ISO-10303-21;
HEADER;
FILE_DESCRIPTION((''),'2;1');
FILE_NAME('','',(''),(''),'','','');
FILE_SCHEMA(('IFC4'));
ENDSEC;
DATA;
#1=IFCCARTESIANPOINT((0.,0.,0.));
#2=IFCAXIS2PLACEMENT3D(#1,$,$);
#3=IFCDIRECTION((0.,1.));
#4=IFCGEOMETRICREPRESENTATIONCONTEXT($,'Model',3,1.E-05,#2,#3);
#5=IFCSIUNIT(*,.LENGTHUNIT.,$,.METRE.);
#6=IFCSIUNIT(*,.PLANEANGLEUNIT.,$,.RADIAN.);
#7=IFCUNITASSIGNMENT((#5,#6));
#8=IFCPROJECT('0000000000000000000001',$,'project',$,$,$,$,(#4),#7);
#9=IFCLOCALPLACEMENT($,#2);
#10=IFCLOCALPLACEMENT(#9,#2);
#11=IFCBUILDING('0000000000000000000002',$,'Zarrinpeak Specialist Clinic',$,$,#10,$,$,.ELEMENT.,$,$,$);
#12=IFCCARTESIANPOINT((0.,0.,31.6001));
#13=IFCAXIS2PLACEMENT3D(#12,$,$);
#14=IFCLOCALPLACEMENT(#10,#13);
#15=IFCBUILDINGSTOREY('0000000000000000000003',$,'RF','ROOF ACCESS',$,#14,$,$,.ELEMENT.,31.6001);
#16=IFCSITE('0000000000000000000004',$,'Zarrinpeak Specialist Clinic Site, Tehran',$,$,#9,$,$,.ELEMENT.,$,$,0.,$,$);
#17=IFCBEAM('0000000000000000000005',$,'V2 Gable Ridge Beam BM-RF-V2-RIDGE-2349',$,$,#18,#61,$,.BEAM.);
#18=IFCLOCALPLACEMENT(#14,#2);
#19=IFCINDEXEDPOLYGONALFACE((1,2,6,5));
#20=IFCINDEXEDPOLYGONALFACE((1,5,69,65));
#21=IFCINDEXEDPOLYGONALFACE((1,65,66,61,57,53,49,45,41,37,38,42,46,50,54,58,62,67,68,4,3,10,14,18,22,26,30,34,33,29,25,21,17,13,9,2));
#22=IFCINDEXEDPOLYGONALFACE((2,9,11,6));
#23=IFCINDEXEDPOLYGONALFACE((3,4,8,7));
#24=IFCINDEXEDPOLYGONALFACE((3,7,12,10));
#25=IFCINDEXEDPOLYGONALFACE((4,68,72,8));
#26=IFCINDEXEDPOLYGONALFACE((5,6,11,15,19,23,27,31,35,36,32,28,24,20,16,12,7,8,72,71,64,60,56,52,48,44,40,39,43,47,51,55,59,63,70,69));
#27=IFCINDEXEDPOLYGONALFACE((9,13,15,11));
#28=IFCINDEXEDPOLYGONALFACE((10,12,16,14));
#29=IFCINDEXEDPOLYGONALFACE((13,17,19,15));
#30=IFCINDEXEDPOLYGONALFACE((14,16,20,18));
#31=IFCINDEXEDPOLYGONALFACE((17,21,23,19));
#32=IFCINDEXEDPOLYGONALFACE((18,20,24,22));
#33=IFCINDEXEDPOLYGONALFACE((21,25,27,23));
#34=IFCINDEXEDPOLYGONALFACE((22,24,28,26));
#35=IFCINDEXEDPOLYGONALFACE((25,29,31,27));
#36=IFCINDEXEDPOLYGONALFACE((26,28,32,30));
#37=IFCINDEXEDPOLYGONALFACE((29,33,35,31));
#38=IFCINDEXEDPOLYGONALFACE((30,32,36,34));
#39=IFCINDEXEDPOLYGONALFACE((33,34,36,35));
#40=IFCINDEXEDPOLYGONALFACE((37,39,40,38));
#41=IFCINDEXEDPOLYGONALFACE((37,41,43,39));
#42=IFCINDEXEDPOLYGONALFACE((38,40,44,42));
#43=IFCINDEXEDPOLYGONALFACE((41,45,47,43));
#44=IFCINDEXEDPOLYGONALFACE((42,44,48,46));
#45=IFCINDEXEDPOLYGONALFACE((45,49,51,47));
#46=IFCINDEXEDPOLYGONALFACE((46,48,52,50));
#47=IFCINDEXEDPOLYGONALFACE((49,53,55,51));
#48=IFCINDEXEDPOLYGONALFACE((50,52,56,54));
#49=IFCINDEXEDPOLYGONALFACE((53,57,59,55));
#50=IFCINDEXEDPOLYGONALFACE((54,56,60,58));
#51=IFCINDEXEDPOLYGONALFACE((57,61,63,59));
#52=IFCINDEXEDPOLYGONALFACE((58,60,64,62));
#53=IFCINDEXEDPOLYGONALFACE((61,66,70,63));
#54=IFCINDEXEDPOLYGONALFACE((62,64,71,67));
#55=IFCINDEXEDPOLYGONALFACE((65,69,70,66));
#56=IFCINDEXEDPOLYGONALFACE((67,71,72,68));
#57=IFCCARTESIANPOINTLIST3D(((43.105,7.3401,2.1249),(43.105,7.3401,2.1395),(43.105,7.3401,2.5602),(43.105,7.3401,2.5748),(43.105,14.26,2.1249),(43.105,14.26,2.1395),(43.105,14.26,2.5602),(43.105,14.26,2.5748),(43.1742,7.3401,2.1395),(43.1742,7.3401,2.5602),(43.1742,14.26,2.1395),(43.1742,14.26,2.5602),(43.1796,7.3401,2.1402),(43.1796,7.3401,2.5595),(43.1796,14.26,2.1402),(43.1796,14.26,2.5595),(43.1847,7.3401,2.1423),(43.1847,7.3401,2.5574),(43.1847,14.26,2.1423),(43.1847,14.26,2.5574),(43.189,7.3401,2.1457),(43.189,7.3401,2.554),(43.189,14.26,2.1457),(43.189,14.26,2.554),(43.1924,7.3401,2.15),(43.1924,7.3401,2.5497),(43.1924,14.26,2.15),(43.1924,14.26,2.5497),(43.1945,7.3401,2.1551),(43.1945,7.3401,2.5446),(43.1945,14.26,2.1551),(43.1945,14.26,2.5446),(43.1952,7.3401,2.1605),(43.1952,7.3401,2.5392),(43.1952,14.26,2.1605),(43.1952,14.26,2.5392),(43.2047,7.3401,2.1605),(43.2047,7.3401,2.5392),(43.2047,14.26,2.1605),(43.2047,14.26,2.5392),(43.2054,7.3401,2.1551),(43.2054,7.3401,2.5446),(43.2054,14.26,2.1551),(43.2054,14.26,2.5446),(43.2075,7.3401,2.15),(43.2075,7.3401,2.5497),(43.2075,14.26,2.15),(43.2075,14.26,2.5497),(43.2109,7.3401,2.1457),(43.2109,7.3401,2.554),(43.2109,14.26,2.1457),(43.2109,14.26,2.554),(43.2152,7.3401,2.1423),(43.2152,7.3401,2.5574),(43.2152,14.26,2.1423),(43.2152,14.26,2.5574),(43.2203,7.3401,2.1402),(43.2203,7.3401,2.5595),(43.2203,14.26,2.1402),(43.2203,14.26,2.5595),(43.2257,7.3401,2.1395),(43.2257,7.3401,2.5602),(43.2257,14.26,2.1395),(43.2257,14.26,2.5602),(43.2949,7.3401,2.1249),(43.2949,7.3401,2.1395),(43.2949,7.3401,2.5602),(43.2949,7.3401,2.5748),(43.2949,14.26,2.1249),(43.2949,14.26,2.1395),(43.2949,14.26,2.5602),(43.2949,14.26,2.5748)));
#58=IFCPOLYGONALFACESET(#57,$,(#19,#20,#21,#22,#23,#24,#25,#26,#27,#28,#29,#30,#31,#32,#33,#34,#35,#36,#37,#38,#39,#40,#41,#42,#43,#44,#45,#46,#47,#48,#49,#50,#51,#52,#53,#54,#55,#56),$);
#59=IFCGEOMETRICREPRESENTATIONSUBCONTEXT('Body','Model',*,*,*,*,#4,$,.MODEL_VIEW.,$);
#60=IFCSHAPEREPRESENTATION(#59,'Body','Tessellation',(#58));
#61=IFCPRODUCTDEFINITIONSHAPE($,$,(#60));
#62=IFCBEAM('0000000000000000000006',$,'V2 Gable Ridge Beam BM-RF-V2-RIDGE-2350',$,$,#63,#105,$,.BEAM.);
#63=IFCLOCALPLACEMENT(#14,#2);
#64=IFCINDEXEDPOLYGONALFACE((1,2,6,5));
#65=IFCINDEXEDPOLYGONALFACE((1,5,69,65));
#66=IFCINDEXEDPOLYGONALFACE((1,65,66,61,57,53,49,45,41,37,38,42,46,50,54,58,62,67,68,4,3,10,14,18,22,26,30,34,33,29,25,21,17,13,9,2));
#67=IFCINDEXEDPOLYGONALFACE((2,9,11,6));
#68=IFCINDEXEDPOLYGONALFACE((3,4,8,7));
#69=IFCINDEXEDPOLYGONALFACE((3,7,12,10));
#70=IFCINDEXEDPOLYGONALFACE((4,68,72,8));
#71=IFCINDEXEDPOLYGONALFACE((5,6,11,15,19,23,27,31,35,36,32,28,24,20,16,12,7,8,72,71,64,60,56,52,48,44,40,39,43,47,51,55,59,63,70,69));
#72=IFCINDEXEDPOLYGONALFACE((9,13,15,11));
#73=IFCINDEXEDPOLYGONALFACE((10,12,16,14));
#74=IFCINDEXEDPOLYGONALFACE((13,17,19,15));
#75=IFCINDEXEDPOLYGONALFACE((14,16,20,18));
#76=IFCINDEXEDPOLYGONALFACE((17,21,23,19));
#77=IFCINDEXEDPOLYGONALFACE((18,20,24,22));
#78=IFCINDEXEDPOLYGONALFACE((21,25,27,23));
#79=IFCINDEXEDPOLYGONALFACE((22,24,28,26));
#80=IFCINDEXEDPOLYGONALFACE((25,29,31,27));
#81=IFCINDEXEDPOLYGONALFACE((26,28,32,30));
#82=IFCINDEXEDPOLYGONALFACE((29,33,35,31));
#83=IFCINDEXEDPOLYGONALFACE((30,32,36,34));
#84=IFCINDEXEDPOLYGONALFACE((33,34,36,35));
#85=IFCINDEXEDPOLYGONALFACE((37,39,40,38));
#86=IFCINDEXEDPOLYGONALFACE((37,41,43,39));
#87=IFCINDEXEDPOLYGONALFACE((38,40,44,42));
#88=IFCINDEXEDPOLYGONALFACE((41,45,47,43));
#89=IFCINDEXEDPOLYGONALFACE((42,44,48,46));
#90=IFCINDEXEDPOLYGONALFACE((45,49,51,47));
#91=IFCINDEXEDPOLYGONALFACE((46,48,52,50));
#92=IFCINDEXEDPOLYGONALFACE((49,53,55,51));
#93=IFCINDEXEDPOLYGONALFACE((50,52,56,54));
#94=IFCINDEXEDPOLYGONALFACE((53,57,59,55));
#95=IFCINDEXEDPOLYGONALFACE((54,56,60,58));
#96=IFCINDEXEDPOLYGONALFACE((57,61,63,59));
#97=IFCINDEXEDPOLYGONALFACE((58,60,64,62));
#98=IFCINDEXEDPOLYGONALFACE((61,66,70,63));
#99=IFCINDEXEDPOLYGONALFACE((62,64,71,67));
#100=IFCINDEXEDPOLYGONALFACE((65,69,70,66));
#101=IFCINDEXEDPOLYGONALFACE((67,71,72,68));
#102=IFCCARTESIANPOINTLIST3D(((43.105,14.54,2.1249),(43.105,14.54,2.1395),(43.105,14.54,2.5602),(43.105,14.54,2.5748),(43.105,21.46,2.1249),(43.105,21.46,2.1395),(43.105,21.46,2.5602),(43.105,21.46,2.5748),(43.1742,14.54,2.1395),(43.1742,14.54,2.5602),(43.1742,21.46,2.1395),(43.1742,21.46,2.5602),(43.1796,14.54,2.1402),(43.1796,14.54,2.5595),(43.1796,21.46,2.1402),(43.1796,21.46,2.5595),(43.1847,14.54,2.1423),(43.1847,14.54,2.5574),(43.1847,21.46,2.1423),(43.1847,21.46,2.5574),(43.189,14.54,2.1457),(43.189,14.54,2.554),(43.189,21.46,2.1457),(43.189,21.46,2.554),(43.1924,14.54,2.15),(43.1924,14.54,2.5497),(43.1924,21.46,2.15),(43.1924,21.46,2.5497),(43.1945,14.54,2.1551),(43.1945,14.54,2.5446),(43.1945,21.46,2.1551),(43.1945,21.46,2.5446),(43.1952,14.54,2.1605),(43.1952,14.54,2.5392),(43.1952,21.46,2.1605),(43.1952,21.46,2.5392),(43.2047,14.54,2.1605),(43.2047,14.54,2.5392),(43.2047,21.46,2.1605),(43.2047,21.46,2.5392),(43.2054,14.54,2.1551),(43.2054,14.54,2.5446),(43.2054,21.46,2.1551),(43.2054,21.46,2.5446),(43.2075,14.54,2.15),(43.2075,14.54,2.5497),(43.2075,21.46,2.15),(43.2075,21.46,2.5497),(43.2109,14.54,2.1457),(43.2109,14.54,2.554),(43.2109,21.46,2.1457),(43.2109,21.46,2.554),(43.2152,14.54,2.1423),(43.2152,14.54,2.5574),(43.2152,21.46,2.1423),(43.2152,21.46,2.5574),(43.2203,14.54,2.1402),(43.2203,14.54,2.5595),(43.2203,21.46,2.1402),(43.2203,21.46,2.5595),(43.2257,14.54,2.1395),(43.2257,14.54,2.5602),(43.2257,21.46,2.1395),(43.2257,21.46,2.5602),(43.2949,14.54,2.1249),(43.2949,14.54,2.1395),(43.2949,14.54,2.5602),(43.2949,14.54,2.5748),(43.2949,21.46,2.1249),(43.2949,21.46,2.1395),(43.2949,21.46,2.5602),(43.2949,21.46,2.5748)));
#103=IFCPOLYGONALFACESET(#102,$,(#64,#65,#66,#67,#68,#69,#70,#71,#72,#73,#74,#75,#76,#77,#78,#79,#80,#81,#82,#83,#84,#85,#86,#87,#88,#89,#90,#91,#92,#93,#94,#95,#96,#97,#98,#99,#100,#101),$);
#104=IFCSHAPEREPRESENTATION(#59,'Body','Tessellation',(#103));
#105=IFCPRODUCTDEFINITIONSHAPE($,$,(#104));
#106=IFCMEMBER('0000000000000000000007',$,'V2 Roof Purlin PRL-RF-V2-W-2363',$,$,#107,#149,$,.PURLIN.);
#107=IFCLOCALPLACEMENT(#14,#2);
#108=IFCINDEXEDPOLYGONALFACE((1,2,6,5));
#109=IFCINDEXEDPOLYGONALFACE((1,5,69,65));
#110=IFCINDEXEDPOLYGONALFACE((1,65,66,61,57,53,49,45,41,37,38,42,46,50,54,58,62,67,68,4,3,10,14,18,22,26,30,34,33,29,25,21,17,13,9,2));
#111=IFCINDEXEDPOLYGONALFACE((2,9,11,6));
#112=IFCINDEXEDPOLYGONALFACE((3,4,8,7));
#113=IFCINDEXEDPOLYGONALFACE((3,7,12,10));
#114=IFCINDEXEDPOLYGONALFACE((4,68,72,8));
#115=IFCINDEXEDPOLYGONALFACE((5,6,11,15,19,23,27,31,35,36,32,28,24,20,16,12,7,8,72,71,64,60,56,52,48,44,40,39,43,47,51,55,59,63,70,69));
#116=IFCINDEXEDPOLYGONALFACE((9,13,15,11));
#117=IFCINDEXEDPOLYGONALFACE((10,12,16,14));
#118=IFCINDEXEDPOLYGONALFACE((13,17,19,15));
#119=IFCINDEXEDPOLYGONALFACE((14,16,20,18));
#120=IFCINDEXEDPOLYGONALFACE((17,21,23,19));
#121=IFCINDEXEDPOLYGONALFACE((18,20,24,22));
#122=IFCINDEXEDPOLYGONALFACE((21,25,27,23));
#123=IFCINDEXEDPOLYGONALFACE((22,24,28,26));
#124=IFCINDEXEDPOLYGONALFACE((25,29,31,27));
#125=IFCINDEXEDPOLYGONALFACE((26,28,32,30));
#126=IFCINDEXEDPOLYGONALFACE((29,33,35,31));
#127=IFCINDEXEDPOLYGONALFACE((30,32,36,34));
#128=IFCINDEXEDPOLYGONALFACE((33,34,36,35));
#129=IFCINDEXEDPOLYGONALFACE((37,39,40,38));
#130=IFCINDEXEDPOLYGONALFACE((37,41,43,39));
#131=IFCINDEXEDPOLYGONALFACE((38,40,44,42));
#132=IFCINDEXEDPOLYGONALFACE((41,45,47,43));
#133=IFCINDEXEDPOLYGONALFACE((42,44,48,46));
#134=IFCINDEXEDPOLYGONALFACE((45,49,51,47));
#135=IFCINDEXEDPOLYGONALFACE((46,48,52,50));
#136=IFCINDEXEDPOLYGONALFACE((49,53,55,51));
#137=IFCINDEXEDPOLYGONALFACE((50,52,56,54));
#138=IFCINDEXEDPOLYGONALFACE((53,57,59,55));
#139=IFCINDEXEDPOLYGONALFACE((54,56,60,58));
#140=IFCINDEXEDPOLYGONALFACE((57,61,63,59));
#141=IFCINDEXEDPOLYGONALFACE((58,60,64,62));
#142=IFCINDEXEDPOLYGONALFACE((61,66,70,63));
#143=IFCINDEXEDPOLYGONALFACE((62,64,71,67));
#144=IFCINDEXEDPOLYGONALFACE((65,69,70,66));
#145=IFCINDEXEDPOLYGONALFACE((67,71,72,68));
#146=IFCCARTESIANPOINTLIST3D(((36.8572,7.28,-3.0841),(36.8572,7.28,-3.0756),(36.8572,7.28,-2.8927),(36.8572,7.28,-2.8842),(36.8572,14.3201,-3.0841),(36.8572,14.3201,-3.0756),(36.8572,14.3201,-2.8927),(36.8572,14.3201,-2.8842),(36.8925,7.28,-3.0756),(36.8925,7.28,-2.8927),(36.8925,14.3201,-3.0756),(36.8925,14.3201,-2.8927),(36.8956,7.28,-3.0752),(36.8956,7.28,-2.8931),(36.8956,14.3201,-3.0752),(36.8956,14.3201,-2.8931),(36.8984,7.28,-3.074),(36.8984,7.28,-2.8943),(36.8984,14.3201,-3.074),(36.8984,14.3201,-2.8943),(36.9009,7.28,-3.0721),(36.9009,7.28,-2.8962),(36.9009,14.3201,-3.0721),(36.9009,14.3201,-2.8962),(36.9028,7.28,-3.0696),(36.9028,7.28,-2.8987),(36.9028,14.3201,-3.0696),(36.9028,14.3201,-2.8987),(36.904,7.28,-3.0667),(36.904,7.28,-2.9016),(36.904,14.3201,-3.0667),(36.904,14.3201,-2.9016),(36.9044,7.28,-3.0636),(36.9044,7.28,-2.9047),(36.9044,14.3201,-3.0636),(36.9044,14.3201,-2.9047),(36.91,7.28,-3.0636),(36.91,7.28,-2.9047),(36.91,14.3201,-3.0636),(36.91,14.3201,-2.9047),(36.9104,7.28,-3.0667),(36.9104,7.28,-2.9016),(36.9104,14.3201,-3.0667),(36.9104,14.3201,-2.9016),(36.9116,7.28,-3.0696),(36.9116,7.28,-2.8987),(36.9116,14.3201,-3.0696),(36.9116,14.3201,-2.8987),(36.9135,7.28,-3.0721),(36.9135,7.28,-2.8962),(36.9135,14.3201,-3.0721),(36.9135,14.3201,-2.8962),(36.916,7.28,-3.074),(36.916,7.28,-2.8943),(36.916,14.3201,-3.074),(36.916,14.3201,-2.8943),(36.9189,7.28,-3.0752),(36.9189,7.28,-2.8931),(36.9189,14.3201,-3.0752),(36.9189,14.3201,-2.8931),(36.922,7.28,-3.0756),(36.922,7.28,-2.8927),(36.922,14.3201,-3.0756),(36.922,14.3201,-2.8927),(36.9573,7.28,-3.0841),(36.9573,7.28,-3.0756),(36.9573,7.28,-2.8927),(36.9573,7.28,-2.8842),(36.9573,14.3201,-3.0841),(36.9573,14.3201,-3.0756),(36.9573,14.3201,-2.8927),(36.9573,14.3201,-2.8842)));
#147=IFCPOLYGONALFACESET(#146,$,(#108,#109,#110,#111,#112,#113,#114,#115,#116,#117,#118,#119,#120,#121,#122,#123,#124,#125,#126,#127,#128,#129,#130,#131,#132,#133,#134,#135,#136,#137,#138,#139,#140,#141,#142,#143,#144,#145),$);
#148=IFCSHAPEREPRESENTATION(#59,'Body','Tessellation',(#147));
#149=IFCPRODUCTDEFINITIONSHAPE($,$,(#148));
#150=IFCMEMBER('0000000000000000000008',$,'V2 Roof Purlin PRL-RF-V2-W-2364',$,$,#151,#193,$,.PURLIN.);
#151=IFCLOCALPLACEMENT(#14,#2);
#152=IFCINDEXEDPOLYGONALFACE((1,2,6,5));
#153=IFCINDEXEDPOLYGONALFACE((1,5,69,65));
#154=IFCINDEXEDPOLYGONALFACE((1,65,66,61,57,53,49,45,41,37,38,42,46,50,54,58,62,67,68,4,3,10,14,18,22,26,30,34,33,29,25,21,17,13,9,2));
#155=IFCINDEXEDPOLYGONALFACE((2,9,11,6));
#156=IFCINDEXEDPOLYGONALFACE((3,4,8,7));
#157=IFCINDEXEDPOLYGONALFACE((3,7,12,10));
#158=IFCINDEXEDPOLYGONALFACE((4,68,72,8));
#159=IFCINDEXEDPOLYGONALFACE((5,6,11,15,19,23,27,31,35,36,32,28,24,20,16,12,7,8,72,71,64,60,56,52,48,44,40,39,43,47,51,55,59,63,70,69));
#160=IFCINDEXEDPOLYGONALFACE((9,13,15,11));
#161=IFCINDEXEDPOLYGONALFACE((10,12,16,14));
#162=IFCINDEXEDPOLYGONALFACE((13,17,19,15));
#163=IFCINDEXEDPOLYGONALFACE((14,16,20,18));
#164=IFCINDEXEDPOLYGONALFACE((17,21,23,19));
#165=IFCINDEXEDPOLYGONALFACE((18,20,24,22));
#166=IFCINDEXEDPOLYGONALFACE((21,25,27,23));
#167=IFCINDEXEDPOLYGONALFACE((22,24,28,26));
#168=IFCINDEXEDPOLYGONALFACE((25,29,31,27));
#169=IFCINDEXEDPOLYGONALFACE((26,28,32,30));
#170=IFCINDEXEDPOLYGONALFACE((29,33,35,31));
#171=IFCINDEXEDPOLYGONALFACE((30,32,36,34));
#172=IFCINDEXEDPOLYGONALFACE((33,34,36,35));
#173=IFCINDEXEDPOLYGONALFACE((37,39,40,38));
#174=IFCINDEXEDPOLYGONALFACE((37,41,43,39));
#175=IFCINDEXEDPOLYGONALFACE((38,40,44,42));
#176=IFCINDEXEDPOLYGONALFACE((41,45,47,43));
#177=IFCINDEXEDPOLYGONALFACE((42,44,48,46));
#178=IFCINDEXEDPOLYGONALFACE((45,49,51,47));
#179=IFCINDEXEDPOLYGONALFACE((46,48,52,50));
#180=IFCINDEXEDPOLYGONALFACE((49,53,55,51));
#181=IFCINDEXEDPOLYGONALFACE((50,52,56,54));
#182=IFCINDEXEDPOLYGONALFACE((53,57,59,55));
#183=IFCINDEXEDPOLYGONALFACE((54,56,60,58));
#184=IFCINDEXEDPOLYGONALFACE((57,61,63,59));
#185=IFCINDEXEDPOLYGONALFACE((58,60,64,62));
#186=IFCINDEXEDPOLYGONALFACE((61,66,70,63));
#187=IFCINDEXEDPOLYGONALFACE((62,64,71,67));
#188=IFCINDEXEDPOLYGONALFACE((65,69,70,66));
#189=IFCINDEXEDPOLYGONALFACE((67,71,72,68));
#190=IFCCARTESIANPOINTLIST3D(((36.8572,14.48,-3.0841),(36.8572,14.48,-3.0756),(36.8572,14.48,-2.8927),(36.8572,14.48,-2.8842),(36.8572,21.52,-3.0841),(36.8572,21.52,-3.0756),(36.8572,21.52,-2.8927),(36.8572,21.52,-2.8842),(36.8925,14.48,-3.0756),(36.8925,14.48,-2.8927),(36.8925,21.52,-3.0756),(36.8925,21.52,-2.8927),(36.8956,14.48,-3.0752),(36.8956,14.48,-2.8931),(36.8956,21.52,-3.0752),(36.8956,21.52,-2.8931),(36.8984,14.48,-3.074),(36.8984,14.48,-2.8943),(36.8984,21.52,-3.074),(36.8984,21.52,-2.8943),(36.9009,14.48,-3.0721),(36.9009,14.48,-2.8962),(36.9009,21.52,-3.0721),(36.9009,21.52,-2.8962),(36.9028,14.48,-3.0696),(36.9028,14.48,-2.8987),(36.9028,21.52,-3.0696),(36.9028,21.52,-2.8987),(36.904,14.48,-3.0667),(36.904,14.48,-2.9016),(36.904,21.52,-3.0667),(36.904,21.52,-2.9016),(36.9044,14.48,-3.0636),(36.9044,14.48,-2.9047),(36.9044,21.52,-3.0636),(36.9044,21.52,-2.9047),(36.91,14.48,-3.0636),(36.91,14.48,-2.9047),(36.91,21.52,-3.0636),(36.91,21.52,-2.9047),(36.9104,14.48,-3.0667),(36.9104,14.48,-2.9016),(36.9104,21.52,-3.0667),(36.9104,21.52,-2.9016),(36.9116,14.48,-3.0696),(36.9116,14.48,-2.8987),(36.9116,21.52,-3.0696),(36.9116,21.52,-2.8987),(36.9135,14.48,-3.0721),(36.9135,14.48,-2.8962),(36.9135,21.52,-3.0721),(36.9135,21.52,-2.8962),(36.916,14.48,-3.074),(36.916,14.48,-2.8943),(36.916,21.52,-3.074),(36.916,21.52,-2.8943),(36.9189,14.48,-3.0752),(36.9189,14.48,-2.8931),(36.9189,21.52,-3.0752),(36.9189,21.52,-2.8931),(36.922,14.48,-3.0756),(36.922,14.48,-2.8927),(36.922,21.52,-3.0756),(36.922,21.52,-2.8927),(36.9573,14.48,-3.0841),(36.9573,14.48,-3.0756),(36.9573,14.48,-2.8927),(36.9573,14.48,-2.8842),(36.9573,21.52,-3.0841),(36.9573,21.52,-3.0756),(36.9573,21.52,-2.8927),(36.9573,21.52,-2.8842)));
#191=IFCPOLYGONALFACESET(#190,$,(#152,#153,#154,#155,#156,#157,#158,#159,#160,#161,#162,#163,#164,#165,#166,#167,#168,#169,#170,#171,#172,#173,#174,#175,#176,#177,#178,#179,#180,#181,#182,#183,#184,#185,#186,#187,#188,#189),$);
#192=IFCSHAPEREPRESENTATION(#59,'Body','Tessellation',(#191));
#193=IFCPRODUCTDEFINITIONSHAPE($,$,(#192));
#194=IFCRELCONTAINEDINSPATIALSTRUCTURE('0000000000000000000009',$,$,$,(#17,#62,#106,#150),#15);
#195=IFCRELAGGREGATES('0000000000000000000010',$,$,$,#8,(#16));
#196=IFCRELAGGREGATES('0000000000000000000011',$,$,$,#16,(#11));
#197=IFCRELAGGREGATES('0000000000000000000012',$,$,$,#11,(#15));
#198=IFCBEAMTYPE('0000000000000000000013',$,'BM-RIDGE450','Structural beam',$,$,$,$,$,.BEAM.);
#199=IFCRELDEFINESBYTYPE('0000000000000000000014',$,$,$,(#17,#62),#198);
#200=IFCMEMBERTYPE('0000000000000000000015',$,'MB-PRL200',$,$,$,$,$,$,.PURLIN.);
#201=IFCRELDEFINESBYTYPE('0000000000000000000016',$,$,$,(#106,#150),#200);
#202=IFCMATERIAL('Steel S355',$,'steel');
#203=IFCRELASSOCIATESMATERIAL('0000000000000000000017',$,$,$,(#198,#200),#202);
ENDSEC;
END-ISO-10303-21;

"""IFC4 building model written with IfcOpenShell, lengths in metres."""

from ifc_helpers import new_model, si_unit, direction, frame, origin, origin_2d, place, context, subcontext, project, spatial, i_section, extrude, material, material_profile, profile_set, type_object, element, save


model = new_model("IFC4")

# Units and contexts
model_context = context("Model", 3, precision=1e-05, world=origin(), true_north=direction((0.0, 1.0)))
body_context = subcontext(model_context, "Body", "Model", "MODEL_VIEW")
ifc_project = project(units=[si_unit("LENGTHUNIT", "METRE"), si_unit("PLANEANGLEUNIT", "RADIAN")], contexts=[model_context])

# Site, building, storey
site_placement = place(None, origin())
site = spatial("IfcSite", under=ifc_project, at=site_placement, Name="Zarrinpeak Specialist Clinic Site, Tehran", CompositionType="ELEMENT", RefElevation=0.0)
building_placement = place(site_placement, origin())
building = spatial("IfcBuilding", under=site, at=building_placement, Name="Zarrinpeak Specialist Clinic", CompositionType="ELEMENT")
storey_placement = place(building_placement, frame((0.0, 0.0, 31.6001)))
storey = spatial("IfcBuildingStorey", under=building, at=storey_placement, Name="RF", Description="ROOF ACCESS", CompositionType="ELEMENT", Elevation=31.6001)

# Shared definitions
ifc_material_1 = material(Name="Steel S355", Category="steel")

# Beams
ifc_material_profile_1 = material_profile(ifc_material_1, i_section(OverallWidth=0.1899, OverallDepth=0.45, WebThickness=0.0095, FlangeThickness=0.0146, FilletRadius=0.021, at=origin_2d()), Name="IPE 450")
ifc_profile_set_1 = profile_set([ifc_material_profile_1], Name="Steel S355")
beam_type_1 = type_object("IfcBeamType", Name="BM-RIDGE450", Description="Structural beam", PredefinedType="BEAM", material=ifc_profile_set_1)
for number, where, z_axis, x_axis, name in (
    (1, (43.2, 7.3401, 2.3499), (0.0, 1.0, 0.0), (-1.0, 0.0, 0.0), "V2 Gable Ridge Beam BM-RF-V2-RIDGE-2349"),
    (2, (43.2, 14.54, 2.3499), (0.0, 1.0, 0.0), (-1.0, 0.0, 0.0), "V2 Gable Ridge Beam BM-RF-V2-RIDGE-2350"),
):
    element("IfcBeam", number, at=place(storey_placement, frame(where, z_axis=z_axis, x_axis=x_axis)), inside=storey, type_object=beam_type_1, Name=name, PredefinedType="BEAM", context=body_context, shape_type="SweptSolid", body=[
        extrude(i_section(OverallWidth=0.1899, OverallDepth=0.45, WebThickness=0.0095, FlangeThickness=0.0146, FilletRadius=0.021, at=origin_2d()), origin(), (0.0, 0.0, 1.0), 6.9199),
    ])

# Members
ifc_material_profile_2 = material_profile(ifc_material_1, i_section(OverallWidth=0.1001, OverallDepth=0.2, WebThickness=0.0056, FlangeThickness=0.0085, FilletRadius=0.012, at=origin_2d()), Name="IPE 200")
ifc_profile_set_2 = profile_set([ifc_material_profile_2], Name="Steel S355")
member_type_1 = type_object("IfcMemberType", Name="MB-PRL200", PredefinedType="PURLIN", material=ifc_profile_set_2)
for number, where, z_axis, x_axis, name in (
    (3, (36.9072, 7.28, -2.9841), (0.0, 1.0, 0.0), (-1.0, 0.0, 0.0), "V2 Roof Purlin PRL-RF-V2-W-2363"),
    (4, (36.9072, 14.48, -2.9841), (0.0, 1.0, 0.0), (-1.0, 0.0, 0.0), "V2 Roof Purlin PRL-RF-V2-W-2364"),
):
    element("IfcMember", number, at=place(storey_placement, frame(where, z_axis=z_axis, x_axis=x_axis)), inside=storey, type_object=member_type_1, Name=name, PredefinedType="PURLIN", context=body_context, shape_type="SweptSolid", body=[
        extrude(i_section(OverallWidth=0.1001, OverallDepth=0.2, WebThickness=0.0056, FlangeThickness=0.0085, FilletRadius=0.012, at=origin_2d()), origin(), (0.0, 0.0, 1.0), 7.04),
    ])

save(model, "model.ifc")
